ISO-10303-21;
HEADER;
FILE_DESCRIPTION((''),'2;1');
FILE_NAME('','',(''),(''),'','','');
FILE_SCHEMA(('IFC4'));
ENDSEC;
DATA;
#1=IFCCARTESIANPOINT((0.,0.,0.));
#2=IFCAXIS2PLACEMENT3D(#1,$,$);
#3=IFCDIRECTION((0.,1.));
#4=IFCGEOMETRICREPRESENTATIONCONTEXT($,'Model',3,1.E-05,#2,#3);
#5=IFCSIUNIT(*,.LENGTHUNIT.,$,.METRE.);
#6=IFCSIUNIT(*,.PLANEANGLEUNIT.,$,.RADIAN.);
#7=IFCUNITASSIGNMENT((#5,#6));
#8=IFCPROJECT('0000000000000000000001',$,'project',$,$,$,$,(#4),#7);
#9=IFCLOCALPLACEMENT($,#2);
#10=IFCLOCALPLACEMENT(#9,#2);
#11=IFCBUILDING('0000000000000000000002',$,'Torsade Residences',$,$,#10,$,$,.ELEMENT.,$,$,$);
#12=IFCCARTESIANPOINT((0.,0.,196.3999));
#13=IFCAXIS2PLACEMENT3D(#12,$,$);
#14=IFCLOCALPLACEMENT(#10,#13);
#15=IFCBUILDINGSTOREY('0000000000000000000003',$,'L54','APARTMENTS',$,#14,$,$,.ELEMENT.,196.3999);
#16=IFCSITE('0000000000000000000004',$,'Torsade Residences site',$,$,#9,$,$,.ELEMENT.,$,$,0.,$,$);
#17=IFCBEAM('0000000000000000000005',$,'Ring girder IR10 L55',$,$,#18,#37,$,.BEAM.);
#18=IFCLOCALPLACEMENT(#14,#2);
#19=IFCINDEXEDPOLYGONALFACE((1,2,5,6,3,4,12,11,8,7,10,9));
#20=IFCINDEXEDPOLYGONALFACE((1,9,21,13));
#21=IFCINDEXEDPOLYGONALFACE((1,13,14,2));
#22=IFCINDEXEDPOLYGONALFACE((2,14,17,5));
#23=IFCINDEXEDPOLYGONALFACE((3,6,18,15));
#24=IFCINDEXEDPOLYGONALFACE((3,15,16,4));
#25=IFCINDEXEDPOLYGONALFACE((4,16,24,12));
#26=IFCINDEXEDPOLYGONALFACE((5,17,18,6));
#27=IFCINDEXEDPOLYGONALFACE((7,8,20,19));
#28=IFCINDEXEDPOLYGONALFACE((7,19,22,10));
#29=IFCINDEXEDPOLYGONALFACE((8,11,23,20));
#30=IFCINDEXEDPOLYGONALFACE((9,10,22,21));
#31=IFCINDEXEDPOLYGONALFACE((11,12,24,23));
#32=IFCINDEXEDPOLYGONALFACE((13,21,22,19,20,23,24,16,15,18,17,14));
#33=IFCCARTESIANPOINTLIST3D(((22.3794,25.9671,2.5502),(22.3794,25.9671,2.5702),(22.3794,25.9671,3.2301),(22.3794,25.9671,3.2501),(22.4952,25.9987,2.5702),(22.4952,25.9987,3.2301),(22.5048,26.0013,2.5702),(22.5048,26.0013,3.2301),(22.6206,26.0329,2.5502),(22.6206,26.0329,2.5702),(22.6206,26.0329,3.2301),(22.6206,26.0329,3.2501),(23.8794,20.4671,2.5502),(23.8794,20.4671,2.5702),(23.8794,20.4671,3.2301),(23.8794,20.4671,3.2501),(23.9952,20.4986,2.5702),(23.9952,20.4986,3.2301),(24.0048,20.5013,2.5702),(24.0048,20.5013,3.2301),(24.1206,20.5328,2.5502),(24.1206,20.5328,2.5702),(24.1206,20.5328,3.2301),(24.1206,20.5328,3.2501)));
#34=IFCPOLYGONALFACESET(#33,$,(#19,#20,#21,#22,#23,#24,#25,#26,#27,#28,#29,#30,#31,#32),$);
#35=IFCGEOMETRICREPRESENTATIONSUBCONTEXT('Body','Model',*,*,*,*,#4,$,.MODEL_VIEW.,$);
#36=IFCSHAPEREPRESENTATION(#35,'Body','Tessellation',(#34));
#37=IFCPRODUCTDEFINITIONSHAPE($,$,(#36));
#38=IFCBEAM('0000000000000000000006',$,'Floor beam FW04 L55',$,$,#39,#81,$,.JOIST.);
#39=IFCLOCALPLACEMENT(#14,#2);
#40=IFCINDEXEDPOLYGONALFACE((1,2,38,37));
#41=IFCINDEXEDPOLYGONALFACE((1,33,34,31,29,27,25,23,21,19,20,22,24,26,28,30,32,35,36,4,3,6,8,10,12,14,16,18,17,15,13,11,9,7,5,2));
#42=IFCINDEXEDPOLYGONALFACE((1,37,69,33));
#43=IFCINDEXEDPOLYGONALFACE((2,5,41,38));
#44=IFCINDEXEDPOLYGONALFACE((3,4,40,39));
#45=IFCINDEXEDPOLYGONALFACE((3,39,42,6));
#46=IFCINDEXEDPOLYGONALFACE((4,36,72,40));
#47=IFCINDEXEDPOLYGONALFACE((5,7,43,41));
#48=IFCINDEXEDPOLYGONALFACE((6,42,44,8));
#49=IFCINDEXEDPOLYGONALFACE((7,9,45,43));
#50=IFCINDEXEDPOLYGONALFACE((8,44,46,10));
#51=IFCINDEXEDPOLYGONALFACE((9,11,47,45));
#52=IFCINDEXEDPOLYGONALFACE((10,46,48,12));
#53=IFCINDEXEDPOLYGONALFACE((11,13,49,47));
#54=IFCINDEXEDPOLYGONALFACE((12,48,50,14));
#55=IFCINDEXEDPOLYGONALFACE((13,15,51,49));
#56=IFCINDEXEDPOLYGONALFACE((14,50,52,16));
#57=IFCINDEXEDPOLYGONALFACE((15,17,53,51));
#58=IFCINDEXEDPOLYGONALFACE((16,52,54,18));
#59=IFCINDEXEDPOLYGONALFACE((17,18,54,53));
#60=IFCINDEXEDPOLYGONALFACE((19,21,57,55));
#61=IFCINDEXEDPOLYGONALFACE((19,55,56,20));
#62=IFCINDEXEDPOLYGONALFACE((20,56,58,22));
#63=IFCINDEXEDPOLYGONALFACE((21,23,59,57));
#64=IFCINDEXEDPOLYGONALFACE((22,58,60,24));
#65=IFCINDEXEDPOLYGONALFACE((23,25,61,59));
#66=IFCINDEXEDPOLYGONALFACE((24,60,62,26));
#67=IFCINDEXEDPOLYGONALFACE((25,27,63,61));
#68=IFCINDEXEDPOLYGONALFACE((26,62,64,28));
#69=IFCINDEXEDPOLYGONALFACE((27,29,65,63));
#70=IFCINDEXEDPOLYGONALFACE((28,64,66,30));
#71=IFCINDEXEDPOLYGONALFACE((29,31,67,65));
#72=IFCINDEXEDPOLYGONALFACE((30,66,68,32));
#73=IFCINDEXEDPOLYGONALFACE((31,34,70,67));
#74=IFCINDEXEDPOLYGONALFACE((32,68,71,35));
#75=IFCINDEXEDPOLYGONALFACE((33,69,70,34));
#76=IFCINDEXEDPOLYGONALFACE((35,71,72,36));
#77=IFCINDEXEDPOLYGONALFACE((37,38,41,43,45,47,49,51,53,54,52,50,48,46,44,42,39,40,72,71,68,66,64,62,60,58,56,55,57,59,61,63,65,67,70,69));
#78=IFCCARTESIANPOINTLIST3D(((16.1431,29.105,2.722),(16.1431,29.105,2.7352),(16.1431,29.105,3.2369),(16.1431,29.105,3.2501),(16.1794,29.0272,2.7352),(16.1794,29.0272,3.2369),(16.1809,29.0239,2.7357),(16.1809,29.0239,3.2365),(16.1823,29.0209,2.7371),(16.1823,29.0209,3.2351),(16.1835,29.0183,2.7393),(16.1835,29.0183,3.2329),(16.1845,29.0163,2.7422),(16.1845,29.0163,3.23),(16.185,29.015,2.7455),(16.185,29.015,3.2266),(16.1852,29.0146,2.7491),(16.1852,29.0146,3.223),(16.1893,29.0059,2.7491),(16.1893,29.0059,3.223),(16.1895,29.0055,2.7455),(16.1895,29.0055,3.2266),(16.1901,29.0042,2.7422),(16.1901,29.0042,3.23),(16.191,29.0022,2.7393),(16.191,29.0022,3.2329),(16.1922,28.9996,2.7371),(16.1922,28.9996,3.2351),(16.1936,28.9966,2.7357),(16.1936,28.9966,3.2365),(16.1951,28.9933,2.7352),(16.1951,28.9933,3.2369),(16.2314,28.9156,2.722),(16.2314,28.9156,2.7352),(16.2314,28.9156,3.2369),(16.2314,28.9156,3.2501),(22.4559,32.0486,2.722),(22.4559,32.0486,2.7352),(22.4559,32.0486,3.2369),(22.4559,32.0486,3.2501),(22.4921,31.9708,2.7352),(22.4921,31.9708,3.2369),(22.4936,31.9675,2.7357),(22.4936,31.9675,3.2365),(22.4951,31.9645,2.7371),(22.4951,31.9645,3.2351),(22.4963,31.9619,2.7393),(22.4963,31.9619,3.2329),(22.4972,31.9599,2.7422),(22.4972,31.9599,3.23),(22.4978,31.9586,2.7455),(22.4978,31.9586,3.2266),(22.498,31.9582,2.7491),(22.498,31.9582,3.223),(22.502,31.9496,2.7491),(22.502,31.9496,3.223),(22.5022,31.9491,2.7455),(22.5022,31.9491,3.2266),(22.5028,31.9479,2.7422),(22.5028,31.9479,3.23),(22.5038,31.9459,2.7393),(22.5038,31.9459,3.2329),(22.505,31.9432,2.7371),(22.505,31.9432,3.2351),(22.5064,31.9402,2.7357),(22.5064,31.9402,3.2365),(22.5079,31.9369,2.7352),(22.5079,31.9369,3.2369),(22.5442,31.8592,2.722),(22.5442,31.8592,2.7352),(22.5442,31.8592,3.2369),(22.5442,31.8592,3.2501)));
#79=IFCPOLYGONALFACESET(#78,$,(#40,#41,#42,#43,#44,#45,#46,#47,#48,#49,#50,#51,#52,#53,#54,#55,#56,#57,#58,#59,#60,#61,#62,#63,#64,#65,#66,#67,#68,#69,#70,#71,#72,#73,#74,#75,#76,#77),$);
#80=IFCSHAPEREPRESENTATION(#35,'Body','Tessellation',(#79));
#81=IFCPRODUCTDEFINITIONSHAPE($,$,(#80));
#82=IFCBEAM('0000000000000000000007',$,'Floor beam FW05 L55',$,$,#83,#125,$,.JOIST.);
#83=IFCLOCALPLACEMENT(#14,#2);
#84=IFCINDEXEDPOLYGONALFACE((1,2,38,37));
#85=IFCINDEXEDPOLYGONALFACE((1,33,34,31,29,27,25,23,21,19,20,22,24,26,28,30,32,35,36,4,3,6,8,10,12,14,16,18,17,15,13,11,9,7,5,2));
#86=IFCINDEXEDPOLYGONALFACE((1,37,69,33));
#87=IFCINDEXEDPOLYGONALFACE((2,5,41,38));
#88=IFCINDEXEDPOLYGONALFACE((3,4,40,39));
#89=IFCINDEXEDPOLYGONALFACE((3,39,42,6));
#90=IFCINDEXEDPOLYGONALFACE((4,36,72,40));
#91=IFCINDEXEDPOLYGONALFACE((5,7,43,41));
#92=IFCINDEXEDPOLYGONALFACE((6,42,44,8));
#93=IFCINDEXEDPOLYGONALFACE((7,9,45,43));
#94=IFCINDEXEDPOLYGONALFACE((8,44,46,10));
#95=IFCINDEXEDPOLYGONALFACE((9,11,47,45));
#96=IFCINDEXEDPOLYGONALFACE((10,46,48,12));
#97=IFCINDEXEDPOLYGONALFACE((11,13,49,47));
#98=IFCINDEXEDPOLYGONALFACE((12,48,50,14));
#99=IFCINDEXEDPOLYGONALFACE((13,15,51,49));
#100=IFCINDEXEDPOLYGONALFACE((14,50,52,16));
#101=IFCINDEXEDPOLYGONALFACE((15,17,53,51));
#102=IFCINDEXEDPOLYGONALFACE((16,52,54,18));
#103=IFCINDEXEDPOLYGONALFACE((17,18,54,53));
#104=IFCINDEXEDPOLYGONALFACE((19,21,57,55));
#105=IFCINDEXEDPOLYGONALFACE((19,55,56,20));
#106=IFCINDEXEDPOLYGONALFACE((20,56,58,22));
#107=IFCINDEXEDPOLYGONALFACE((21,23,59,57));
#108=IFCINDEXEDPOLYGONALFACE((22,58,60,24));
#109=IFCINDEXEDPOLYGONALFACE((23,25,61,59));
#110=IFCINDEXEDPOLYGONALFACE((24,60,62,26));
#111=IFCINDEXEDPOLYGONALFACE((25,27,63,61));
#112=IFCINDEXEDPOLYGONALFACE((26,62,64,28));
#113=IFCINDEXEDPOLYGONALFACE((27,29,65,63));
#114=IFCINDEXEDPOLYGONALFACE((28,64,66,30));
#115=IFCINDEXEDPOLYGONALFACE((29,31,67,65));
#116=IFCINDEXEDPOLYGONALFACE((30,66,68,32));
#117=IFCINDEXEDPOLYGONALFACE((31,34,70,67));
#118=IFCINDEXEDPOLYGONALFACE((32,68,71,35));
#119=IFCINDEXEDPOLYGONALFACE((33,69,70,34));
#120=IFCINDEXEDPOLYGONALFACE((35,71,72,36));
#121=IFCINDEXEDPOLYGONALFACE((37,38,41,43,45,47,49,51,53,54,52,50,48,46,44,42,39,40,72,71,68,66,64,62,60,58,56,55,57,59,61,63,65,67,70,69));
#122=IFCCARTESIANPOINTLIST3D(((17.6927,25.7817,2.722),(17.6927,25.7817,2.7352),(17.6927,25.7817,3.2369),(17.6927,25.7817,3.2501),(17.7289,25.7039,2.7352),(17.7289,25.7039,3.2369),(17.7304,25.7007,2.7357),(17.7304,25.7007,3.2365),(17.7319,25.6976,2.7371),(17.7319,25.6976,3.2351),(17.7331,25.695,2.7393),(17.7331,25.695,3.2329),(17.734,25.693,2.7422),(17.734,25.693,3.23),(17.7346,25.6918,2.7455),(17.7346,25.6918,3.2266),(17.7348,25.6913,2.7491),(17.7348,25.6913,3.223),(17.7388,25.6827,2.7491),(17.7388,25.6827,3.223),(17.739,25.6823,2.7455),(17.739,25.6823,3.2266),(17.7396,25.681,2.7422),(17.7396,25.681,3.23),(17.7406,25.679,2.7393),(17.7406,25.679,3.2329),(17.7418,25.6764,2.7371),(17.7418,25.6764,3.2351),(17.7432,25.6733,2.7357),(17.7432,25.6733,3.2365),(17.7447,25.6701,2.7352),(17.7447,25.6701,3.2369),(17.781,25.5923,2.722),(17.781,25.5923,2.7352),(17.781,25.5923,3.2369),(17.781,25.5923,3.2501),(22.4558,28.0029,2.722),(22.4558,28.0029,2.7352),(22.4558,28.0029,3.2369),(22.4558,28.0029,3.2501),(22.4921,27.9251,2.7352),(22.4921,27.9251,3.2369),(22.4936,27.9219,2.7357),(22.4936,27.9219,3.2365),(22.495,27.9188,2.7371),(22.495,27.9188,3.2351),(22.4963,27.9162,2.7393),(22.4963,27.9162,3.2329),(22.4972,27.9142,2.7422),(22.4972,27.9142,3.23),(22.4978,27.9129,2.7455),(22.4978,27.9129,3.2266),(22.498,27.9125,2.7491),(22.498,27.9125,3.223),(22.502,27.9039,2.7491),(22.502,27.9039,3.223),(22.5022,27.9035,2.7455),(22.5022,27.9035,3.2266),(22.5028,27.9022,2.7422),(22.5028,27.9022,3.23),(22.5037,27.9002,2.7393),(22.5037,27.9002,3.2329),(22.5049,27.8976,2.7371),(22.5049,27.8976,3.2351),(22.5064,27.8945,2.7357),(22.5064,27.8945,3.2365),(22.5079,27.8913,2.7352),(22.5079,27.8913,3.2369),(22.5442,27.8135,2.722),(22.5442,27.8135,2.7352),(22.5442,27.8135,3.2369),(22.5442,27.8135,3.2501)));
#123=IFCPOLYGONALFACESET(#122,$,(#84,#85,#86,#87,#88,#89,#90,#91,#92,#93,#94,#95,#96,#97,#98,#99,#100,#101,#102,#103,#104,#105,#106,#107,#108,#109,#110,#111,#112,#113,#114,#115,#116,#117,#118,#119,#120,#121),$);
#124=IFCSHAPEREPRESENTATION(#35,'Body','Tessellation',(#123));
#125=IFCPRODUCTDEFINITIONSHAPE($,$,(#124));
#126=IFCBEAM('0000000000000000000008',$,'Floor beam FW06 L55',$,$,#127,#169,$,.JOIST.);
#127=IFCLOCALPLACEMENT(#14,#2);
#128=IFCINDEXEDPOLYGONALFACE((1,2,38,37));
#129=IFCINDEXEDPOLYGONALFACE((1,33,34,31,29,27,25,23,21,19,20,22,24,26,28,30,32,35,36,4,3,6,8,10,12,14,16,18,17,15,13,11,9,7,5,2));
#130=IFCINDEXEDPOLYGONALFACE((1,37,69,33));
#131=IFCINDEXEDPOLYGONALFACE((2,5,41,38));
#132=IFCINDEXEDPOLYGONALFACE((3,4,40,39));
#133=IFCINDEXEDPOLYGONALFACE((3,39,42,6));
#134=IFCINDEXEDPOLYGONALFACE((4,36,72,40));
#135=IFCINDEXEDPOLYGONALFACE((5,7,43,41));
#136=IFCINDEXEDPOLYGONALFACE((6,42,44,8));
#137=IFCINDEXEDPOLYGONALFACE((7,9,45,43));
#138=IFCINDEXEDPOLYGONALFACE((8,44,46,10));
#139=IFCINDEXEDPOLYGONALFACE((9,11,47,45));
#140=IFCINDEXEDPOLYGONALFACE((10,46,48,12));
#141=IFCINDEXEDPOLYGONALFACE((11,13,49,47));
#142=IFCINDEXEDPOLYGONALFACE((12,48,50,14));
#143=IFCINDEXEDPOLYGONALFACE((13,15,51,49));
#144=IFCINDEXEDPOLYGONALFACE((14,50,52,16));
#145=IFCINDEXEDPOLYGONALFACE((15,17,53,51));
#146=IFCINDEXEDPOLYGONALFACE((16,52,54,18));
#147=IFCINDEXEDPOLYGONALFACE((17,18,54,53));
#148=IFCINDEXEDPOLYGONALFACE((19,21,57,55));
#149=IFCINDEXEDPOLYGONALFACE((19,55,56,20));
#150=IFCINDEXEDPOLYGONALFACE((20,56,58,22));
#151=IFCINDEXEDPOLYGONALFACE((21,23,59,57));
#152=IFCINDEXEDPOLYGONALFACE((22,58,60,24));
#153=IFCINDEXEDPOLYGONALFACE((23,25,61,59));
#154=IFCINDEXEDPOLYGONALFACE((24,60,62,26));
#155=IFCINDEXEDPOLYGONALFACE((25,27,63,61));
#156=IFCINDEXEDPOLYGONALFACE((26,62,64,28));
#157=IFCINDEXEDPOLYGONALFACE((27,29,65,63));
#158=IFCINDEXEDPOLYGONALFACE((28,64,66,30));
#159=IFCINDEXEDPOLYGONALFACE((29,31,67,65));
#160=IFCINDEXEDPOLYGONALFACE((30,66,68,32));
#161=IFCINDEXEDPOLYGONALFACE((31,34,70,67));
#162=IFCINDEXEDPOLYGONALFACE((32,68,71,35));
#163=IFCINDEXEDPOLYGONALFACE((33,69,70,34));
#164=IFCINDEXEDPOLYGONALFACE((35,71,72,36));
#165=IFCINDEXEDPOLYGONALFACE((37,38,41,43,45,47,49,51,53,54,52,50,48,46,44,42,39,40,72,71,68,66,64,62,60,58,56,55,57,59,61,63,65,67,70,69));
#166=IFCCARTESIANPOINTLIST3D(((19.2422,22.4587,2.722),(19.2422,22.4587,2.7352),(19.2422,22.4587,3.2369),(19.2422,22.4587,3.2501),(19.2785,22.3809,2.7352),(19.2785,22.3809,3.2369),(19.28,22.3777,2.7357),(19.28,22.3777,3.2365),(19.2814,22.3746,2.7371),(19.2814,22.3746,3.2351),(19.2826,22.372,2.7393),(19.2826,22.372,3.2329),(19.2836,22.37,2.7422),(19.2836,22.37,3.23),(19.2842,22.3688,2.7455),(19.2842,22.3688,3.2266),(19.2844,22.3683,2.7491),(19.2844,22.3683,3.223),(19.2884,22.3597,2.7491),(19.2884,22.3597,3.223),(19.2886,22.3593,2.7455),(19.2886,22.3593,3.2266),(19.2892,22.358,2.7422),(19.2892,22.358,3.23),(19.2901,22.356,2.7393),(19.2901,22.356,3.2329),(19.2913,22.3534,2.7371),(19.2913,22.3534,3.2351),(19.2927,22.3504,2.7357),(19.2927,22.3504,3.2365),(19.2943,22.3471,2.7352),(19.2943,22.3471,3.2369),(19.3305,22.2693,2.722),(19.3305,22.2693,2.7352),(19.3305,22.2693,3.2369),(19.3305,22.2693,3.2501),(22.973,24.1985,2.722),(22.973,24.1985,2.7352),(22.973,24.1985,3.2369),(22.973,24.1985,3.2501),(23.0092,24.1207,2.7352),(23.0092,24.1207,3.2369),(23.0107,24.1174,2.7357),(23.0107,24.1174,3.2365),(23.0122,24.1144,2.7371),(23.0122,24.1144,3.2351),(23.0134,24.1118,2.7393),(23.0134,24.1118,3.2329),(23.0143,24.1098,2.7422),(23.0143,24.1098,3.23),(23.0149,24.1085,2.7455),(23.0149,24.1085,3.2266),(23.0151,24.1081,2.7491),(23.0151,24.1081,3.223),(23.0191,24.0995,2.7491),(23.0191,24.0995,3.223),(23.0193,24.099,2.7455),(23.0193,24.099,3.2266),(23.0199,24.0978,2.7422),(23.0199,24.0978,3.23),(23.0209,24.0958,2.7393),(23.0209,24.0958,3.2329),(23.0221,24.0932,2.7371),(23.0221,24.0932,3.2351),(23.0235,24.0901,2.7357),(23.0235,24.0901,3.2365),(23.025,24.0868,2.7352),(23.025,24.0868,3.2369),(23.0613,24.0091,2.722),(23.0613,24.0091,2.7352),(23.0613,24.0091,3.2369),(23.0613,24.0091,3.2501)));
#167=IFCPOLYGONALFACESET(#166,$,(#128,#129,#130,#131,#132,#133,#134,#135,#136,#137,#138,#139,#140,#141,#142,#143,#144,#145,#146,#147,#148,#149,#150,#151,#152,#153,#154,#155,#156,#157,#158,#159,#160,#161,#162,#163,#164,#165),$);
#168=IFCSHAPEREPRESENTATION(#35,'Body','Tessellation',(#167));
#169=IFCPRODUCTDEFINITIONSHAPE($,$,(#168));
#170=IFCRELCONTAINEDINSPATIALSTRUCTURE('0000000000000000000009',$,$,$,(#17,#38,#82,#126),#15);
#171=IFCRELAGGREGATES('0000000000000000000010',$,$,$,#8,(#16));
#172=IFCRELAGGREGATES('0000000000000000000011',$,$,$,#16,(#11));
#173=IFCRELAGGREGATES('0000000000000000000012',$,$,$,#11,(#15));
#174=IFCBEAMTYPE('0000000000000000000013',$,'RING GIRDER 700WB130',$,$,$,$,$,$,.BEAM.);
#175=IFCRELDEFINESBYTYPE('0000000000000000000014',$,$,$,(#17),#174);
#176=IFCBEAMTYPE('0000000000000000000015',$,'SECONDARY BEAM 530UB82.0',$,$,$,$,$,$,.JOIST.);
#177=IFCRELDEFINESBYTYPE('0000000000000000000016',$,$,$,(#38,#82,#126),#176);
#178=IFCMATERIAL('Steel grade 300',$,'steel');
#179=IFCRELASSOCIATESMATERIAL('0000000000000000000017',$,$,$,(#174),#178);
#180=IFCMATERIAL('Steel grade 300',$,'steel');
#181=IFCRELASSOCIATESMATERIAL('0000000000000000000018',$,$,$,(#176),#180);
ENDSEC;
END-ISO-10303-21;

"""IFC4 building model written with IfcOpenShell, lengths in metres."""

from ifc_helpers import new_model, si_unit, direction, frame, origin, origin_2d, place, context, subcontext, project, spatial, i_section, extrude, material, material_profile, profile_set, type_object, element, save


model = new_model("IFC4")

# Units and contexts
model_context = context("Model", 3, precision=1e-05, world=origin(), true_north=direction((0.0, 1.0)))
body_context = subcontext(model_context, "Body", "Model", "MODEL_VIEW")
ifc_project = project(units=[si_unit("LENGTHUNIT", "METRE"), si_unit("PLANEANGLEUNIT", "RADIAN")], contexts=[model_context])

# Site, building, storey
site_placement = place(None, origin())
site = spatial("IfcSite", under=ifc_project, at=site_placement, Name="Torsade Residences site", CompositionType="ELEMENT", RefElevation=0.0)
building_placement = place(site_placement, origin())
building = spatial("IfcBuilding", under=site, at=building_placement, Name="Torsade Residences", CompositionType="ELEMENT")
storey_placement = place(building_placement, frame((0.0, 0.0, 196.3999)))
storey = spatial("IfcBuildingStorey", under=building, at=storey_placement, Name="L54", Description="APARTMENTS", CompositionType="ELEMENT", Elevation=196.3999)

# Beams
ifc_material_1 = material(Name="Steel grade 300", Category="steel")
ifc_material_profile_1 = material_profile(ifc_material_1, i_section(OverallWidth=0.25, OverallDepth=0.7, WebThickness=0.01, FlangeThickness=0.02, at=origin_2d()), Name="700WB130")
ifc_profile_set_1 = profile_set([ifc_material_profile_1], Name="Steel grade 300")
beam_type_1 = type_object("IfcBeamType", Name="RING GIRDER 700WB130", PredefinedType="BEAM", material=ifc_profile_set_1)
beam_1_placement = place(storey_placement, frame((22.5, 26.0, 2.9001), z_axis=(0.263117, -0.964764, 0.0), x_axis=(0.964764, 0.263117, 0.0)))
element("IfcBeam", 1, at=beam_1_placement, inside=storey, type_object=beam_type_1, Name="Ring girder IR10 L55", PredefinedType="BEAM", context=body_context, shape_type="SweptSolid", body=[
    extrude(i_section(OverallWidth=0.25, OverallDepth=0.7, WebThickness=0.01, FlangeThickness=0.02, at=origin_2d()), origin(), (0.0, 0.0, 1.0), 5.7009),
])
ifc_material_2 = material(Name="Steel grade 300", Category="steel")
ifc_material_profile_2 = material_profile(ifc_material_2, i_section(OverallWidth=0.209, OverallDepth=0.5281, WebThickness=0.0095, FlangeThickness=0.0132, FilletRadius=0.0139, at=origin_2d()), Name="530UB82.0")
ifc_profile_set_2 = profile_set([ifc_material_profile_2], Name="Steel grade 300")
beam_type_2 = type_object("IfcBeamType", Name="SECONDARY BEAM 530UB82.0", PredefinedType="JOIST", material=ifc_profile_set_2)
beam_2_placement = place(storey_placement, frame((16.1873, 29.0103, 2.9861), z_axis=(0.906312, 0.422609, 0.0), x_axis=(-0.422609, 0.906312, 0.0)))
element("IfcBeam", 2, at=beam_2_placement, inside=storey, type_object=beam_type_2, Name="Floor beam FW04 L55", PredefinedType="JOIST", context=body_context, shape_type="SweptSolid", body=[
    extrude(i_section(OverallWidth=0.209, OverallDepth=0.5281, WebThickness=0.0095, FlangeThickness=0.0132, FilletRadius=0.0139, at=origin_2d()), origin(), (0.0, 0.0, 1.0), 6.9653),
])
beam_3_placement = place(storey_placement, frame((17.7368, 25.687, 2.9861), z_axis=(0.906302, 0.422631, 0.0), x_axis=(-0.422631, 0.906302, 0.0)))
element("IfcBeam", 3, at=beam_3_placement, inside=storey, type_object=beam_type_2, Name="Floor beam FW05 L55", PredefinedType="JOIST", context=body_context, shape_type="SweptSolid", body=[
    extrude(i_section(OverallWidth=0.209, OverallDepth=0.5281, WebThickness=0.0095, FlangeThickness=0.0132, FilletRadius=0.0139, at=origin_2d()), origin(), (0.0, 0.0, 1.0), 5.2556),
])
beam_4_placement = place(storey_placement, frame((19.2864, 22.364, 2.9861), z_axis=(0.9063, 0.422635, 0.0), x_axis=(-0.422635, 0.9063, 0.0)))
element("IfcBeam", 4, at=beam_4_placement, inside=storey, type_object=beam_type_2, Name="Floor beam FW06 L55", PredefinedType="JOIST", context=body_context, shape_type="SweptSolid", body=[
    extrude(i_section(OverallWidth=0.209, OverallDepth=0.5281, WebThickness=0.0095, FlangeThickness=0.0132, FilletRadius=0.0139, at=origin_2d()), origin(), (0.0, 0.0, 1.0), 4.1165),
])

save(model, "model.ifc")
